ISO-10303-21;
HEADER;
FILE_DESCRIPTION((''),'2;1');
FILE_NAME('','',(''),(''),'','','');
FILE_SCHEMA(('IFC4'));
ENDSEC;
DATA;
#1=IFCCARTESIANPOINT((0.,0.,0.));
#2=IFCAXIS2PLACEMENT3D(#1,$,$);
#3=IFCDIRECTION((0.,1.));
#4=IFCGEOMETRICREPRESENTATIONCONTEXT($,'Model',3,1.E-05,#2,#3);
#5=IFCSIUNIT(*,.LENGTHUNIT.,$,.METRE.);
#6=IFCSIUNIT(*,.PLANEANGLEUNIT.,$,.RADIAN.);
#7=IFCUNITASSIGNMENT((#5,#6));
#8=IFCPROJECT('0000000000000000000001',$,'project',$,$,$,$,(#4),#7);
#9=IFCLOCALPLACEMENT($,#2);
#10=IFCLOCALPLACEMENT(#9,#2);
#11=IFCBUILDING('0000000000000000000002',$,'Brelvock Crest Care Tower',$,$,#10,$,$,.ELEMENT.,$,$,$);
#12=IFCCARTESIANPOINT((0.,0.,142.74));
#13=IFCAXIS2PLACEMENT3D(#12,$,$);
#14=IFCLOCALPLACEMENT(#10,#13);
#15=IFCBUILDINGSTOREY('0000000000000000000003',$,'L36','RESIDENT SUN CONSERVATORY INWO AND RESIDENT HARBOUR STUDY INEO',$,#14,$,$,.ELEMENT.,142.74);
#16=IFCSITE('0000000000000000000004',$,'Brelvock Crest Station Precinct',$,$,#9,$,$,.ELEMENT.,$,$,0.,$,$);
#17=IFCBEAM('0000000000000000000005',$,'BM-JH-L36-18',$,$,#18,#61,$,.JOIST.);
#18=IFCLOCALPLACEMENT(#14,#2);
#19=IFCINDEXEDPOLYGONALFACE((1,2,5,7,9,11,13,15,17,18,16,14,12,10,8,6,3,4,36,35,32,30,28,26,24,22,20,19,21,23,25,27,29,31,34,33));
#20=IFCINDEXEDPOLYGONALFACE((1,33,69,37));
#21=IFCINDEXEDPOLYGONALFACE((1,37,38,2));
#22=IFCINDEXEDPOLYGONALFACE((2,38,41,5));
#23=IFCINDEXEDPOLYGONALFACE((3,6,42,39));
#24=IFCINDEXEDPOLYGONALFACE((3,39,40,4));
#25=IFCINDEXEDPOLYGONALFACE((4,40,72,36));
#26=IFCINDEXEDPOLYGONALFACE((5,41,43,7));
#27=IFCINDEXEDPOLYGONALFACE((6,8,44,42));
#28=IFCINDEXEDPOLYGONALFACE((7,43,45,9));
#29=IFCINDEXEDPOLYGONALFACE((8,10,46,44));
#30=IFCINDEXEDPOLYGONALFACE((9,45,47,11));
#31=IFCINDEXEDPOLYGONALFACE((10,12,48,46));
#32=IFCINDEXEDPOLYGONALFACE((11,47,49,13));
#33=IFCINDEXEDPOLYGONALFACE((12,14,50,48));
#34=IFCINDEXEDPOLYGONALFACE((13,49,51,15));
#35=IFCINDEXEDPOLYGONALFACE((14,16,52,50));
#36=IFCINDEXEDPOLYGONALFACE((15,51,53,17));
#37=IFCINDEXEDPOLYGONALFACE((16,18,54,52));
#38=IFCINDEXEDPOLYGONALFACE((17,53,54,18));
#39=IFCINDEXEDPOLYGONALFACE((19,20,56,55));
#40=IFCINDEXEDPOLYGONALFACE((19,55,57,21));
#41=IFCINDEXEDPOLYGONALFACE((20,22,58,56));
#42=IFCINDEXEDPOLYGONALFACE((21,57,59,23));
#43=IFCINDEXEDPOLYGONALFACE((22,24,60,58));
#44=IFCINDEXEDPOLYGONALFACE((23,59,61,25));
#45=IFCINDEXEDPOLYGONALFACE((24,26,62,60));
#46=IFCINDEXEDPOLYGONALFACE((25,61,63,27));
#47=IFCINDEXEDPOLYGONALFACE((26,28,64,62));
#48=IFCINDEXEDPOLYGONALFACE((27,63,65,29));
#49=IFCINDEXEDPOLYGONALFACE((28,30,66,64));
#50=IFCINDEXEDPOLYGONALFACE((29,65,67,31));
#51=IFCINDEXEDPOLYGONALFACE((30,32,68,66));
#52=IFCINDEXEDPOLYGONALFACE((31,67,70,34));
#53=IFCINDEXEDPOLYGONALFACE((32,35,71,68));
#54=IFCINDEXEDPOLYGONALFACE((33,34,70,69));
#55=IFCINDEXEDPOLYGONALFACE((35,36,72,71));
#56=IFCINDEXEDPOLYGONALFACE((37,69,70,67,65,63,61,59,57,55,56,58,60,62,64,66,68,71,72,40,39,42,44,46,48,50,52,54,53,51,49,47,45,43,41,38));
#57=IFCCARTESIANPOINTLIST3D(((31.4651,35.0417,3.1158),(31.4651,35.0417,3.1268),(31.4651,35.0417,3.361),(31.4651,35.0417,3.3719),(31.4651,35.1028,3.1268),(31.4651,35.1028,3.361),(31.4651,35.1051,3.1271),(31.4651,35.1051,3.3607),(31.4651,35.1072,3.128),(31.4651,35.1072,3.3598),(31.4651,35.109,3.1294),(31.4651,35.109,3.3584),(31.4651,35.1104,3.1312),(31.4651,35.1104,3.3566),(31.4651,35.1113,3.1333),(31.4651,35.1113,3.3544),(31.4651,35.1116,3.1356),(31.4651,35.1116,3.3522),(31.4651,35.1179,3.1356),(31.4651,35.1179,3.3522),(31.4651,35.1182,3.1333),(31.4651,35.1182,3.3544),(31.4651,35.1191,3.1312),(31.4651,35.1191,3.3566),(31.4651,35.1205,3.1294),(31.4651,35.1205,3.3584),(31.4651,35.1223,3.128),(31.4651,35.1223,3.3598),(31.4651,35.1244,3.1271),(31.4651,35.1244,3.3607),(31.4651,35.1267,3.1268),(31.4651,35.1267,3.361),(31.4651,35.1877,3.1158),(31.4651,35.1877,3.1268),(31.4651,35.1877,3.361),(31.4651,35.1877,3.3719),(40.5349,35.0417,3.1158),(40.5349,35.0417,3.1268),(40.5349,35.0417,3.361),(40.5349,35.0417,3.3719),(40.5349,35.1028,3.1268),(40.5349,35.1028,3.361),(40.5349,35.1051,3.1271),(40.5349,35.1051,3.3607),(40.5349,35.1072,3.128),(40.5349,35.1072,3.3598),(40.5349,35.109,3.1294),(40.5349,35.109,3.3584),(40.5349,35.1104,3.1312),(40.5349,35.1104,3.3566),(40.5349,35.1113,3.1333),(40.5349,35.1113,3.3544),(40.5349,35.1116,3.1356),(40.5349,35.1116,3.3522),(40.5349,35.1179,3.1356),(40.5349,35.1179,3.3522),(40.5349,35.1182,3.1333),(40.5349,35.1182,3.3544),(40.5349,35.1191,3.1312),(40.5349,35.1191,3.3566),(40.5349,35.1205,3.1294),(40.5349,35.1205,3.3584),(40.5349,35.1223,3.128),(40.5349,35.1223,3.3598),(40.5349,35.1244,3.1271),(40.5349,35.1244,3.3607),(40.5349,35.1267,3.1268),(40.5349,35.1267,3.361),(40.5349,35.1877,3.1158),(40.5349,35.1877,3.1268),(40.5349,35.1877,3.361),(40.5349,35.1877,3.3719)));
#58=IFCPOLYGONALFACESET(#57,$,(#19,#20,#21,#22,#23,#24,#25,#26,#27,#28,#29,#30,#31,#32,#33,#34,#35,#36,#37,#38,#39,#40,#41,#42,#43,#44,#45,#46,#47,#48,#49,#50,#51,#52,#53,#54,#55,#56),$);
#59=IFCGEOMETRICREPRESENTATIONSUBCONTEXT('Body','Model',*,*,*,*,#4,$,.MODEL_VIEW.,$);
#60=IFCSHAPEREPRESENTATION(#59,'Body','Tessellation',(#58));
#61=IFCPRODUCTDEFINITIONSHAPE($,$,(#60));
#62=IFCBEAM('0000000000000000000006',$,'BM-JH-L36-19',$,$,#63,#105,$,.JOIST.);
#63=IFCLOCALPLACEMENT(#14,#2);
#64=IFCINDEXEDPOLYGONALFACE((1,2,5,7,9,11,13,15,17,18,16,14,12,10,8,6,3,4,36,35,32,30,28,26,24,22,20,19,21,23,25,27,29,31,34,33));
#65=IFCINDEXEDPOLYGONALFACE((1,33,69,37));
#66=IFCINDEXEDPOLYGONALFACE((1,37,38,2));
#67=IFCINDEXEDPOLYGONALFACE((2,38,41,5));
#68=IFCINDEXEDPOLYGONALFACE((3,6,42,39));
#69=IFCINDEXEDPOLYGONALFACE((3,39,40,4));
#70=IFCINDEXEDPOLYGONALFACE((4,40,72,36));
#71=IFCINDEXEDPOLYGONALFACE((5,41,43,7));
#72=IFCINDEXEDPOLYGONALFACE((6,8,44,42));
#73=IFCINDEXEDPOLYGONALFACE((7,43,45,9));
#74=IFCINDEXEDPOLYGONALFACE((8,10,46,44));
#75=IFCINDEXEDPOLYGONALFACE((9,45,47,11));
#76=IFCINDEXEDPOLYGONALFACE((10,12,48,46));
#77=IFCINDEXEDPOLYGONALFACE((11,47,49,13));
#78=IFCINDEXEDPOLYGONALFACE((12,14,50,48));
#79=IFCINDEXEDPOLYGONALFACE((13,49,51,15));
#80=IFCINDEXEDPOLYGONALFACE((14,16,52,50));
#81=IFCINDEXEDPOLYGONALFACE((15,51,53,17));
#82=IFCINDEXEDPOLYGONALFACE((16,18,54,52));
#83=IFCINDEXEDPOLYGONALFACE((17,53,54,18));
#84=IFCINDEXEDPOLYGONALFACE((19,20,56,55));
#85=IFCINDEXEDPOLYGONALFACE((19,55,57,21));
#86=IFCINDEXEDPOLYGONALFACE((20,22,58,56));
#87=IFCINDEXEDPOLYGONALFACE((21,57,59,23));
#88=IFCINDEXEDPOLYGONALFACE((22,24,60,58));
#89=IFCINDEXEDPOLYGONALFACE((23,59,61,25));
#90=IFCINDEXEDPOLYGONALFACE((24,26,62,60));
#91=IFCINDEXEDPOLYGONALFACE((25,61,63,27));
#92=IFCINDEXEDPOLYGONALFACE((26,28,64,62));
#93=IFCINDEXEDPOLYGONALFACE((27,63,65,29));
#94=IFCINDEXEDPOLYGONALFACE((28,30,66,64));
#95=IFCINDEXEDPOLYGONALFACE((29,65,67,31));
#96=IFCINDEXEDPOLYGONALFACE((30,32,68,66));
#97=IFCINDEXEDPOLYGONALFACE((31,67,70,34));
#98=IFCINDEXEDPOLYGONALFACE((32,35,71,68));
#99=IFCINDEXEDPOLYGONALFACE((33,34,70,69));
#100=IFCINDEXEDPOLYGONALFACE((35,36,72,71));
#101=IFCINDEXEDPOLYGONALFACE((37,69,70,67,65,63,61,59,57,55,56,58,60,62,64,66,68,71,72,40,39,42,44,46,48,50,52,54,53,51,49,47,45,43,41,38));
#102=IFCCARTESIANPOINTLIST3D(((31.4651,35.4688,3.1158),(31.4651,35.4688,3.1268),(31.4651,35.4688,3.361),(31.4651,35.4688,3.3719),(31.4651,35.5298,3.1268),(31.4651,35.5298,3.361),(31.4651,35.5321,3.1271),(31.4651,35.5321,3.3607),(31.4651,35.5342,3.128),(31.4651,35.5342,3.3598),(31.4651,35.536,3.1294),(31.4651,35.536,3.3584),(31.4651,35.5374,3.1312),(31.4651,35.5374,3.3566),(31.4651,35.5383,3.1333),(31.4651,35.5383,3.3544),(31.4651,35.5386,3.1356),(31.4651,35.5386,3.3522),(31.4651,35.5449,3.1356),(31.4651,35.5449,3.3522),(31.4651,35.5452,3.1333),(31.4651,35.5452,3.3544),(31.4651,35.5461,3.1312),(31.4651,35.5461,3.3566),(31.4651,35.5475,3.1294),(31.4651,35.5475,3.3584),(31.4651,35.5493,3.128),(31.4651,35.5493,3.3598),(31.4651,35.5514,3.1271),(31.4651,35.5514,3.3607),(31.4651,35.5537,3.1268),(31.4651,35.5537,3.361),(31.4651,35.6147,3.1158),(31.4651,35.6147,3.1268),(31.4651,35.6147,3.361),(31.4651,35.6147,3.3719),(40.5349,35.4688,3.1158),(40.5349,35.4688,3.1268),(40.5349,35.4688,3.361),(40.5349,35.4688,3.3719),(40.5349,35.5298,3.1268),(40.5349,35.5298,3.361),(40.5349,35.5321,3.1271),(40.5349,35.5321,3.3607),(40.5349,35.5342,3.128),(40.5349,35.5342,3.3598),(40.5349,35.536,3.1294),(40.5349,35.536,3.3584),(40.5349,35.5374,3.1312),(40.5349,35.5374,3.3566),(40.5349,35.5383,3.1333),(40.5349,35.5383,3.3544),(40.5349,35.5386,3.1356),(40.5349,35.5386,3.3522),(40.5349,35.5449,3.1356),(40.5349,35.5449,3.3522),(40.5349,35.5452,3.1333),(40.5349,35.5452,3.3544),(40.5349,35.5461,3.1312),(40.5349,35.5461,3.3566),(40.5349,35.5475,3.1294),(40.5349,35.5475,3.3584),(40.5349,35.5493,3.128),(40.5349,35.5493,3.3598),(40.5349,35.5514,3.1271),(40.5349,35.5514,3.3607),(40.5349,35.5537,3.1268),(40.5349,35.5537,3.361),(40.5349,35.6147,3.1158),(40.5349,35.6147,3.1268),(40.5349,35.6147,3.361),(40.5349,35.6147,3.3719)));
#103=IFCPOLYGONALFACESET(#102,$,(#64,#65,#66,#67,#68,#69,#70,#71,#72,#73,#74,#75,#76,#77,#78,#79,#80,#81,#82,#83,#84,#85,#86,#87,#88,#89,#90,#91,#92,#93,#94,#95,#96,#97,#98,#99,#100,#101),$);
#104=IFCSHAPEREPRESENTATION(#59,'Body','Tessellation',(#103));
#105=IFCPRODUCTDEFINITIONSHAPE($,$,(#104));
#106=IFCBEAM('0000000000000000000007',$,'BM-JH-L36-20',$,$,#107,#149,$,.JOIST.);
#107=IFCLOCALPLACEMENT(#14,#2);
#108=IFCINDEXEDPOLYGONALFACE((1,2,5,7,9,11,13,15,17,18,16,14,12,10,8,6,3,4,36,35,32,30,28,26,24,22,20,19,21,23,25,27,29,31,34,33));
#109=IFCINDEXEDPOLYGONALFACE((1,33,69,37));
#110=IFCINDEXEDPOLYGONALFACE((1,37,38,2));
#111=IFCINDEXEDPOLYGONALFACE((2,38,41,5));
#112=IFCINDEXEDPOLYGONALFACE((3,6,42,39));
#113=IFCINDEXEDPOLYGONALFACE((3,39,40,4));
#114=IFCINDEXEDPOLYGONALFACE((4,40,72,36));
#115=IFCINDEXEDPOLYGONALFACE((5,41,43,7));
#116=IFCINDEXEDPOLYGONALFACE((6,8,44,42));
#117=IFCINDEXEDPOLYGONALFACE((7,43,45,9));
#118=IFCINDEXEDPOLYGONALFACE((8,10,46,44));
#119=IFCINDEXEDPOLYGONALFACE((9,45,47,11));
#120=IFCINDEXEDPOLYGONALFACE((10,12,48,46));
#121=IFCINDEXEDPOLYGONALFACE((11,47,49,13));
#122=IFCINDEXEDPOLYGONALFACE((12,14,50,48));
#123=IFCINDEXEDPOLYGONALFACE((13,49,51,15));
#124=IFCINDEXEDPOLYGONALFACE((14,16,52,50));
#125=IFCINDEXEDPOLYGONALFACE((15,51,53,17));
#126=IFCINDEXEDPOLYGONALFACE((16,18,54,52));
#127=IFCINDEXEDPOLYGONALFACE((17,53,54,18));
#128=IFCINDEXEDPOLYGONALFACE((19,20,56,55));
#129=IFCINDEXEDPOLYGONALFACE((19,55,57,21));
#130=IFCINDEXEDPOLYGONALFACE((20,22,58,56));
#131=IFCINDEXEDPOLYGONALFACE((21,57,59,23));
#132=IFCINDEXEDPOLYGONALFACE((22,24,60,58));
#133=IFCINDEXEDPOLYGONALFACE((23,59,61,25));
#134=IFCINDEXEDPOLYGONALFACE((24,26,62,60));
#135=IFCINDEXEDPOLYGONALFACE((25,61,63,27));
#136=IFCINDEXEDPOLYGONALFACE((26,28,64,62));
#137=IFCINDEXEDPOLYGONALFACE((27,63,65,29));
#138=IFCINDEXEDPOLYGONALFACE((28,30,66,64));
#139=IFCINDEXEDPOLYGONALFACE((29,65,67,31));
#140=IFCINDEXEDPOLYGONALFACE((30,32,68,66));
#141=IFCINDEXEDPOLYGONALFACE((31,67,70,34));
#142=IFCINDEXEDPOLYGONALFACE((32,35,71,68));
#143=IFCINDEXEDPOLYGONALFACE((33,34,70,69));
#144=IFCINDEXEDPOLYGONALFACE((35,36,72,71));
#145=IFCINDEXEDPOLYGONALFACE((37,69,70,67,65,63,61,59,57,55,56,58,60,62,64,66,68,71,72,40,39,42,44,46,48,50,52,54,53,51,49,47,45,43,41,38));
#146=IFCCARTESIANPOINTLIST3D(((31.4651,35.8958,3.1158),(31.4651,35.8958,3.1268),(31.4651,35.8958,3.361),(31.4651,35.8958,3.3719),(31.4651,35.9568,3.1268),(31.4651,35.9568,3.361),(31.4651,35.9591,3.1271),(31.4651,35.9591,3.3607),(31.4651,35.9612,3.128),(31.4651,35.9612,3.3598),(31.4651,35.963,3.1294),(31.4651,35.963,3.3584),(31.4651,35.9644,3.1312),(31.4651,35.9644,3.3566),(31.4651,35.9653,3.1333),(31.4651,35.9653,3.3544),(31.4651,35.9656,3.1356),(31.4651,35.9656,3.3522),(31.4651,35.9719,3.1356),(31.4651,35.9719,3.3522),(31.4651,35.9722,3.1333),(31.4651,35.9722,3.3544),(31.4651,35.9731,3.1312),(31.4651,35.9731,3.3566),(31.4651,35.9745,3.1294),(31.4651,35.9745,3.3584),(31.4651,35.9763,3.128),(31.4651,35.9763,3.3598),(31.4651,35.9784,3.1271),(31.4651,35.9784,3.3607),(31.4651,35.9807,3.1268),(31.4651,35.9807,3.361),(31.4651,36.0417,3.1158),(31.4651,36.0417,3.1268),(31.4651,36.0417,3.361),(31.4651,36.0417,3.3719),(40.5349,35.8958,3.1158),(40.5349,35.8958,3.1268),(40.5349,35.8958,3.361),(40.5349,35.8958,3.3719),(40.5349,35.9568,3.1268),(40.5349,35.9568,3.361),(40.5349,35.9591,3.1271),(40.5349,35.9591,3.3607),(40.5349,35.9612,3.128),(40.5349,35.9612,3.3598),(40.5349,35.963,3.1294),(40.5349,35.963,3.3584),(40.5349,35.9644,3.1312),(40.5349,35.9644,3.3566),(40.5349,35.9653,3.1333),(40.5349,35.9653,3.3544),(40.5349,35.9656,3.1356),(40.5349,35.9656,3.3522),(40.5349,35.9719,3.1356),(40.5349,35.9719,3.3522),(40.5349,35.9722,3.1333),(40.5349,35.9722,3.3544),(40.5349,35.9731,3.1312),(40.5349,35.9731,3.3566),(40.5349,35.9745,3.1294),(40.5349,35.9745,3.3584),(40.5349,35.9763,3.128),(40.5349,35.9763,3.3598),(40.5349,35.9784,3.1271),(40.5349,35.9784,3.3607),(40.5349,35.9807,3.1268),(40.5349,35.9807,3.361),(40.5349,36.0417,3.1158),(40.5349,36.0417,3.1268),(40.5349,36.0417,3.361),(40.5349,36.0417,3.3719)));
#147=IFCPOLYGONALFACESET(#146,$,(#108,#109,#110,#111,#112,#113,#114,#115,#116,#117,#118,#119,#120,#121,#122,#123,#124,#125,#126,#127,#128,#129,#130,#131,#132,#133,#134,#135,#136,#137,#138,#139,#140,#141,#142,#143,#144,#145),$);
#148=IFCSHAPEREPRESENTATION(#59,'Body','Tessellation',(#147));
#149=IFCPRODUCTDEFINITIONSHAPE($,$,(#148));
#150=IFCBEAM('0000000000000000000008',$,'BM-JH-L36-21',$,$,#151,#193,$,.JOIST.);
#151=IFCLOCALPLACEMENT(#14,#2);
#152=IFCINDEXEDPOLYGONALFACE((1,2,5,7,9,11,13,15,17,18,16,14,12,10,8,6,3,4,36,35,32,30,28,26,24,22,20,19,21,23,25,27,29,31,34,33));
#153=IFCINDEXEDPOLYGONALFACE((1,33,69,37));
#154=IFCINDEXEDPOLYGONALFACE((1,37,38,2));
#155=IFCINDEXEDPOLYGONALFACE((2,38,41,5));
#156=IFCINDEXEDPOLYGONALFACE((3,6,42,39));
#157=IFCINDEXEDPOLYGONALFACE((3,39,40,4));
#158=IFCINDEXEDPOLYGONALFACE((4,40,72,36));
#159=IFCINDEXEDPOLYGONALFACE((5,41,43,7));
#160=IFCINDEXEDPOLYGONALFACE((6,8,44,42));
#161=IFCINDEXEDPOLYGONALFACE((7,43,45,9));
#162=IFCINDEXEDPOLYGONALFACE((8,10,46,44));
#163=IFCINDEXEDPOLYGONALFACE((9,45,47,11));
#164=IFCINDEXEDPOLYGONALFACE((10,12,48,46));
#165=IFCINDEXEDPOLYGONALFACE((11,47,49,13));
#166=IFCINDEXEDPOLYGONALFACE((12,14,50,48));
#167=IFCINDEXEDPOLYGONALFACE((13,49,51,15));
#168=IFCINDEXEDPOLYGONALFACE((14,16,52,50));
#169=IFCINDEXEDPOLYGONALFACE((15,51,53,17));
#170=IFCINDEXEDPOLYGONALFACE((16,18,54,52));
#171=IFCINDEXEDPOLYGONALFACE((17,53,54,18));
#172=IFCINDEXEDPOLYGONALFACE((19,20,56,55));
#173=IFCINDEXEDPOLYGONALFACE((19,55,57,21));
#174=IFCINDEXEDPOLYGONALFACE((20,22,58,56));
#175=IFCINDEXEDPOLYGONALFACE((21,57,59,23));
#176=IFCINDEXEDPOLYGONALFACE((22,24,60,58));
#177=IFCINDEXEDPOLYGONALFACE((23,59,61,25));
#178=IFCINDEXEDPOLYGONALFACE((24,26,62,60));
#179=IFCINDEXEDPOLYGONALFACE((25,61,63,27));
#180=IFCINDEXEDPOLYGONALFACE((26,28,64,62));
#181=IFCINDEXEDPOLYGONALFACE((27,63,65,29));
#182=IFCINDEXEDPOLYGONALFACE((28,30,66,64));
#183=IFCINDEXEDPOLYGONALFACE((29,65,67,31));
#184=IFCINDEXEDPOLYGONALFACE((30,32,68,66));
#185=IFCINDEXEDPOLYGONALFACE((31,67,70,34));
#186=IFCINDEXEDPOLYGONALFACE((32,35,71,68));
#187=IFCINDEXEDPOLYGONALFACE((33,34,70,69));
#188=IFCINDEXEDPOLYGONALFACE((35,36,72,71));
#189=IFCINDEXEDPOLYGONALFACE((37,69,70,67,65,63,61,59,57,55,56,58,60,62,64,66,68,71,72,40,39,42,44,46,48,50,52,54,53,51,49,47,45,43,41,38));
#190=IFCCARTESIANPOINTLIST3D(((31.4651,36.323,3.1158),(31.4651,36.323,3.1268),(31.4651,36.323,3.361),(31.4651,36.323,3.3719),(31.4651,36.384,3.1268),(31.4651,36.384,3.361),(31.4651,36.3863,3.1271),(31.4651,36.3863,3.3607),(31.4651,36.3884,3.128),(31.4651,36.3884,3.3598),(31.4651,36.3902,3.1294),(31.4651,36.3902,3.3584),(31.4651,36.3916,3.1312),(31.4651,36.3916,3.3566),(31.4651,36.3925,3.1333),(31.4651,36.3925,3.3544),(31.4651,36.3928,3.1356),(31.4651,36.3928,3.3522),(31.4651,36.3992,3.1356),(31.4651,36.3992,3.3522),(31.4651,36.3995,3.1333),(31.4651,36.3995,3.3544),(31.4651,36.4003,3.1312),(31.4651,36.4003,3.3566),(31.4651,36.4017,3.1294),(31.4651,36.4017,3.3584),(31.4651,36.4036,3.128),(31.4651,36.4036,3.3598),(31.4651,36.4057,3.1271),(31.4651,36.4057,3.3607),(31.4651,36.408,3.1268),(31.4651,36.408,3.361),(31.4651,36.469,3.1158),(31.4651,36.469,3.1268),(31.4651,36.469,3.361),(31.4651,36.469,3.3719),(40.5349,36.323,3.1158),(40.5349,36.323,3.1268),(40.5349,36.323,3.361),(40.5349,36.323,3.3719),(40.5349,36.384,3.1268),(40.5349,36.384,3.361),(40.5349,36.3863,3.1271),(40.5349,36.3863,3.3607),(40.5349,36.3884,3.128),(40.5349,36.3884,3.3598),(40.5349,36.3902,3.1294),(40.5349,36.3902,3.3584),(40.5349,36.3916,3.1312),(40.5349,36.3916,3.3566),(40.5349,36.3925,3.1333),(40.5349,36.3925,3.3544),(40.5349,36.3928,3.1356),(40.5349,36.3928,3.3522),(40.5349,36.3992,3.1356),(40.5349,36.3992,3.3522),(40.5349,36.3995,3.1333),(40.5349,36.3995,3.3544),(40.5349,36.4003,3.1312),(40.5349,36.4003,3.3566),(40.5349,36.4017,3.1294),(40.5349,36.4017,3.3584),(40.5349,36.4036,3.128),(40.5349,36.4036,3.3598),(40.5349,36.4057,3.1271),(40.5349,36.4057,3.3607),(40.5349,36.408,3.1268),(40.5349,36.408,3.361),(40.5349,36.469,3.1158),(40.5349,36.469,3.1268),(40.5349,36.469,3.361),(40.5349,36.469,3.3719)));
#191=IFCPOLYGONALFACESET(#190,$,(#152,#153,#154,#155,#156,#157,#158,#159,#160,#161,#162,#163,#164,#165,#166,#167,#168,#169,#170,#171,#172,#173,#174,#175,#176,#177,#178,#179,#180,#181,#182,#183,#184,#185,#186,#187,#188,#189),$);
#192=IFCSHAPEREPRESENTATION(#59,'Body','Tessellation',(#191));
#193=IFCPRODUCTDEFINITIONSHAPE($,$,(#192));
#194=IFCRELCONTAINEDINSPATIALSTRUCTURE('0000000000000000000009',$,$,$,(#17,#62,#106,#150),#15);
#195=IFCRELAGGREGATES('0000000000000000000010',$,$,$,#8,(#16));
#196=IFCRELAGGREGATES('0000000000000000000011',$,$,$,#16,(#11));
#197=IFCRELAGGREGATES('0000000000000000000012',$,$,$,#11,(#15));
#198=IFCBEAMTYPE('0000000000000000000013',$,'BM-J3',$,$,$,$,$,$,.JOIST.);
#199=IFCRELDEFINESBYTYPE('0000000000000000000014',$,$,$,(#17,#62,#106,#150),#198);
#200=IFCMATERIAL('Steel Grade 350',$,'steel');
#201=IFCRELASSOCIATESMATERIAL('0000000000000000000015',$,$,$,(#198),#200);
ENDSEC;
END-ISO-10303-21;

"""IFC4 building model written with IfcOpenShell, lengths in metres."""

from ifc_helpers import new_model, si_unit, direction, frame, origin, origin_2d, place, context, subcontext, project, spatial, i_section, extrude, source, transform, mapped, material, material_profile, profile_set, type_object, element, save


model = new_model("IFC4")

# Units and contexts
model_context = context("Model", 3, precision=1e-05, world=origin(), true_north=direction((0.0, 1.0)))
body_context = subcontext(model_context, "Body", "Model", "MODEL_VIEW")
ifc_project = project(units=[si_unit("LENGTHUNIT", "METRE"), si_unit("PLANEANGLEUNIT", "RADIAN")], contexts=[model_context])

# Site, building, storey
site_placement = place(None, origin())
site = spatial("IfcSite", under=ifc_project, at=site_placement, Name="Brelvock Crest Station Precinct", CompositionType="ELEMENT", RefElevation=0.0)
building_placement = place(site_placement, origin())
building = spatial("IfcBuilding", under=site, at=building_placement, Name="Brelvock Crest Care Tower", CompositionType="ELEMENT")
storey_placement = place(building_placement, frame((0.0, 0.0, 142.74)))
storey = spatial("IfcBuildingStorey", under=building, at=storey_placement, Name="L36", Description="RESIDENT SUN CONSERVATORY INWO AND RESIDENT HARBOUR STUDY INEO", CompositionType="ELEMENT", Elevation=142.74)

# Beams
ifc_material_1 = material(Name="Steel Grade 350", Category="steel")
ifc_material_profile_1 = material_profile(ifc_material_1, i_section(OverallWidth=0.146, OverallDepth=0.2561, WebThickness=0.0063, FlangeThickness=0.011, FilletRadius=0.0088, at=origin_2d()), Name="250UB37.3")
ifc_profile_set_1 = profile_set([ifc_material_profile_1], Name="Steel Grade 350")
beam_type_1 = type_object("IfcBeamType", Name="BM-J3", PredefinedType="JOIST", material=ifc_profile_set_1)
shared_shape_1 = source(origin(), body_context, "Body", "SweptSolid", [
    extrude(i_section(OverallWidth=0.146, OverallDepth=0.2561, WebThickness=0.0063, FlangeThickness=0.011, FilletRadius=0.0088, at=origin_2d()), origin(), (0.0, 0.0, 1.0), 9.0698),
])
for number, where, z_axis, x_axis, name in (
    (1, (31.4651, 35.1147, 3.2439), (1.0, 0.0, 0.0), (0.0, 1.0, 0.0), "BM-JH-L36-18"),
    (2, (31.4651, 35.5417, 3.2439), (1.0, 0.0, 0.0), (0.0, 1.0, 0.0), "BM-JH-L36-19"),
    (3, (31.4651, 35.9688, 3.2439), (1.0, 0.0, 0.0), (0.0, 1.0, 0.0), "BM-JH-L36-20"),
    (4, (31.4651, 36.396, 3.2439), (1.0, 0.0, 0.0), (0.0, 1.0, 0.0), "BM-JH-L36-21"),
):
    element("IfcBeam", number, at=place(storey_placement, frame(where, z_axis=z_axis, x_axis=x_axis)), inside=storey, type_object=beam_type_1, Name=name, PredefinedType="JOIST", context=body_context, shape_type="MappedRepresentation", body=[
        mapped(shared_shape_1, transform((0.0, 0.0, 0.0), x_axis=(1.0, 0.0, 0.0), y_axis=(0.0, 1.0, 0.0), z_axis=(0.0, 0.0, 1.0), scale=1.0)),
    ])

save(model, "model.ifc")
